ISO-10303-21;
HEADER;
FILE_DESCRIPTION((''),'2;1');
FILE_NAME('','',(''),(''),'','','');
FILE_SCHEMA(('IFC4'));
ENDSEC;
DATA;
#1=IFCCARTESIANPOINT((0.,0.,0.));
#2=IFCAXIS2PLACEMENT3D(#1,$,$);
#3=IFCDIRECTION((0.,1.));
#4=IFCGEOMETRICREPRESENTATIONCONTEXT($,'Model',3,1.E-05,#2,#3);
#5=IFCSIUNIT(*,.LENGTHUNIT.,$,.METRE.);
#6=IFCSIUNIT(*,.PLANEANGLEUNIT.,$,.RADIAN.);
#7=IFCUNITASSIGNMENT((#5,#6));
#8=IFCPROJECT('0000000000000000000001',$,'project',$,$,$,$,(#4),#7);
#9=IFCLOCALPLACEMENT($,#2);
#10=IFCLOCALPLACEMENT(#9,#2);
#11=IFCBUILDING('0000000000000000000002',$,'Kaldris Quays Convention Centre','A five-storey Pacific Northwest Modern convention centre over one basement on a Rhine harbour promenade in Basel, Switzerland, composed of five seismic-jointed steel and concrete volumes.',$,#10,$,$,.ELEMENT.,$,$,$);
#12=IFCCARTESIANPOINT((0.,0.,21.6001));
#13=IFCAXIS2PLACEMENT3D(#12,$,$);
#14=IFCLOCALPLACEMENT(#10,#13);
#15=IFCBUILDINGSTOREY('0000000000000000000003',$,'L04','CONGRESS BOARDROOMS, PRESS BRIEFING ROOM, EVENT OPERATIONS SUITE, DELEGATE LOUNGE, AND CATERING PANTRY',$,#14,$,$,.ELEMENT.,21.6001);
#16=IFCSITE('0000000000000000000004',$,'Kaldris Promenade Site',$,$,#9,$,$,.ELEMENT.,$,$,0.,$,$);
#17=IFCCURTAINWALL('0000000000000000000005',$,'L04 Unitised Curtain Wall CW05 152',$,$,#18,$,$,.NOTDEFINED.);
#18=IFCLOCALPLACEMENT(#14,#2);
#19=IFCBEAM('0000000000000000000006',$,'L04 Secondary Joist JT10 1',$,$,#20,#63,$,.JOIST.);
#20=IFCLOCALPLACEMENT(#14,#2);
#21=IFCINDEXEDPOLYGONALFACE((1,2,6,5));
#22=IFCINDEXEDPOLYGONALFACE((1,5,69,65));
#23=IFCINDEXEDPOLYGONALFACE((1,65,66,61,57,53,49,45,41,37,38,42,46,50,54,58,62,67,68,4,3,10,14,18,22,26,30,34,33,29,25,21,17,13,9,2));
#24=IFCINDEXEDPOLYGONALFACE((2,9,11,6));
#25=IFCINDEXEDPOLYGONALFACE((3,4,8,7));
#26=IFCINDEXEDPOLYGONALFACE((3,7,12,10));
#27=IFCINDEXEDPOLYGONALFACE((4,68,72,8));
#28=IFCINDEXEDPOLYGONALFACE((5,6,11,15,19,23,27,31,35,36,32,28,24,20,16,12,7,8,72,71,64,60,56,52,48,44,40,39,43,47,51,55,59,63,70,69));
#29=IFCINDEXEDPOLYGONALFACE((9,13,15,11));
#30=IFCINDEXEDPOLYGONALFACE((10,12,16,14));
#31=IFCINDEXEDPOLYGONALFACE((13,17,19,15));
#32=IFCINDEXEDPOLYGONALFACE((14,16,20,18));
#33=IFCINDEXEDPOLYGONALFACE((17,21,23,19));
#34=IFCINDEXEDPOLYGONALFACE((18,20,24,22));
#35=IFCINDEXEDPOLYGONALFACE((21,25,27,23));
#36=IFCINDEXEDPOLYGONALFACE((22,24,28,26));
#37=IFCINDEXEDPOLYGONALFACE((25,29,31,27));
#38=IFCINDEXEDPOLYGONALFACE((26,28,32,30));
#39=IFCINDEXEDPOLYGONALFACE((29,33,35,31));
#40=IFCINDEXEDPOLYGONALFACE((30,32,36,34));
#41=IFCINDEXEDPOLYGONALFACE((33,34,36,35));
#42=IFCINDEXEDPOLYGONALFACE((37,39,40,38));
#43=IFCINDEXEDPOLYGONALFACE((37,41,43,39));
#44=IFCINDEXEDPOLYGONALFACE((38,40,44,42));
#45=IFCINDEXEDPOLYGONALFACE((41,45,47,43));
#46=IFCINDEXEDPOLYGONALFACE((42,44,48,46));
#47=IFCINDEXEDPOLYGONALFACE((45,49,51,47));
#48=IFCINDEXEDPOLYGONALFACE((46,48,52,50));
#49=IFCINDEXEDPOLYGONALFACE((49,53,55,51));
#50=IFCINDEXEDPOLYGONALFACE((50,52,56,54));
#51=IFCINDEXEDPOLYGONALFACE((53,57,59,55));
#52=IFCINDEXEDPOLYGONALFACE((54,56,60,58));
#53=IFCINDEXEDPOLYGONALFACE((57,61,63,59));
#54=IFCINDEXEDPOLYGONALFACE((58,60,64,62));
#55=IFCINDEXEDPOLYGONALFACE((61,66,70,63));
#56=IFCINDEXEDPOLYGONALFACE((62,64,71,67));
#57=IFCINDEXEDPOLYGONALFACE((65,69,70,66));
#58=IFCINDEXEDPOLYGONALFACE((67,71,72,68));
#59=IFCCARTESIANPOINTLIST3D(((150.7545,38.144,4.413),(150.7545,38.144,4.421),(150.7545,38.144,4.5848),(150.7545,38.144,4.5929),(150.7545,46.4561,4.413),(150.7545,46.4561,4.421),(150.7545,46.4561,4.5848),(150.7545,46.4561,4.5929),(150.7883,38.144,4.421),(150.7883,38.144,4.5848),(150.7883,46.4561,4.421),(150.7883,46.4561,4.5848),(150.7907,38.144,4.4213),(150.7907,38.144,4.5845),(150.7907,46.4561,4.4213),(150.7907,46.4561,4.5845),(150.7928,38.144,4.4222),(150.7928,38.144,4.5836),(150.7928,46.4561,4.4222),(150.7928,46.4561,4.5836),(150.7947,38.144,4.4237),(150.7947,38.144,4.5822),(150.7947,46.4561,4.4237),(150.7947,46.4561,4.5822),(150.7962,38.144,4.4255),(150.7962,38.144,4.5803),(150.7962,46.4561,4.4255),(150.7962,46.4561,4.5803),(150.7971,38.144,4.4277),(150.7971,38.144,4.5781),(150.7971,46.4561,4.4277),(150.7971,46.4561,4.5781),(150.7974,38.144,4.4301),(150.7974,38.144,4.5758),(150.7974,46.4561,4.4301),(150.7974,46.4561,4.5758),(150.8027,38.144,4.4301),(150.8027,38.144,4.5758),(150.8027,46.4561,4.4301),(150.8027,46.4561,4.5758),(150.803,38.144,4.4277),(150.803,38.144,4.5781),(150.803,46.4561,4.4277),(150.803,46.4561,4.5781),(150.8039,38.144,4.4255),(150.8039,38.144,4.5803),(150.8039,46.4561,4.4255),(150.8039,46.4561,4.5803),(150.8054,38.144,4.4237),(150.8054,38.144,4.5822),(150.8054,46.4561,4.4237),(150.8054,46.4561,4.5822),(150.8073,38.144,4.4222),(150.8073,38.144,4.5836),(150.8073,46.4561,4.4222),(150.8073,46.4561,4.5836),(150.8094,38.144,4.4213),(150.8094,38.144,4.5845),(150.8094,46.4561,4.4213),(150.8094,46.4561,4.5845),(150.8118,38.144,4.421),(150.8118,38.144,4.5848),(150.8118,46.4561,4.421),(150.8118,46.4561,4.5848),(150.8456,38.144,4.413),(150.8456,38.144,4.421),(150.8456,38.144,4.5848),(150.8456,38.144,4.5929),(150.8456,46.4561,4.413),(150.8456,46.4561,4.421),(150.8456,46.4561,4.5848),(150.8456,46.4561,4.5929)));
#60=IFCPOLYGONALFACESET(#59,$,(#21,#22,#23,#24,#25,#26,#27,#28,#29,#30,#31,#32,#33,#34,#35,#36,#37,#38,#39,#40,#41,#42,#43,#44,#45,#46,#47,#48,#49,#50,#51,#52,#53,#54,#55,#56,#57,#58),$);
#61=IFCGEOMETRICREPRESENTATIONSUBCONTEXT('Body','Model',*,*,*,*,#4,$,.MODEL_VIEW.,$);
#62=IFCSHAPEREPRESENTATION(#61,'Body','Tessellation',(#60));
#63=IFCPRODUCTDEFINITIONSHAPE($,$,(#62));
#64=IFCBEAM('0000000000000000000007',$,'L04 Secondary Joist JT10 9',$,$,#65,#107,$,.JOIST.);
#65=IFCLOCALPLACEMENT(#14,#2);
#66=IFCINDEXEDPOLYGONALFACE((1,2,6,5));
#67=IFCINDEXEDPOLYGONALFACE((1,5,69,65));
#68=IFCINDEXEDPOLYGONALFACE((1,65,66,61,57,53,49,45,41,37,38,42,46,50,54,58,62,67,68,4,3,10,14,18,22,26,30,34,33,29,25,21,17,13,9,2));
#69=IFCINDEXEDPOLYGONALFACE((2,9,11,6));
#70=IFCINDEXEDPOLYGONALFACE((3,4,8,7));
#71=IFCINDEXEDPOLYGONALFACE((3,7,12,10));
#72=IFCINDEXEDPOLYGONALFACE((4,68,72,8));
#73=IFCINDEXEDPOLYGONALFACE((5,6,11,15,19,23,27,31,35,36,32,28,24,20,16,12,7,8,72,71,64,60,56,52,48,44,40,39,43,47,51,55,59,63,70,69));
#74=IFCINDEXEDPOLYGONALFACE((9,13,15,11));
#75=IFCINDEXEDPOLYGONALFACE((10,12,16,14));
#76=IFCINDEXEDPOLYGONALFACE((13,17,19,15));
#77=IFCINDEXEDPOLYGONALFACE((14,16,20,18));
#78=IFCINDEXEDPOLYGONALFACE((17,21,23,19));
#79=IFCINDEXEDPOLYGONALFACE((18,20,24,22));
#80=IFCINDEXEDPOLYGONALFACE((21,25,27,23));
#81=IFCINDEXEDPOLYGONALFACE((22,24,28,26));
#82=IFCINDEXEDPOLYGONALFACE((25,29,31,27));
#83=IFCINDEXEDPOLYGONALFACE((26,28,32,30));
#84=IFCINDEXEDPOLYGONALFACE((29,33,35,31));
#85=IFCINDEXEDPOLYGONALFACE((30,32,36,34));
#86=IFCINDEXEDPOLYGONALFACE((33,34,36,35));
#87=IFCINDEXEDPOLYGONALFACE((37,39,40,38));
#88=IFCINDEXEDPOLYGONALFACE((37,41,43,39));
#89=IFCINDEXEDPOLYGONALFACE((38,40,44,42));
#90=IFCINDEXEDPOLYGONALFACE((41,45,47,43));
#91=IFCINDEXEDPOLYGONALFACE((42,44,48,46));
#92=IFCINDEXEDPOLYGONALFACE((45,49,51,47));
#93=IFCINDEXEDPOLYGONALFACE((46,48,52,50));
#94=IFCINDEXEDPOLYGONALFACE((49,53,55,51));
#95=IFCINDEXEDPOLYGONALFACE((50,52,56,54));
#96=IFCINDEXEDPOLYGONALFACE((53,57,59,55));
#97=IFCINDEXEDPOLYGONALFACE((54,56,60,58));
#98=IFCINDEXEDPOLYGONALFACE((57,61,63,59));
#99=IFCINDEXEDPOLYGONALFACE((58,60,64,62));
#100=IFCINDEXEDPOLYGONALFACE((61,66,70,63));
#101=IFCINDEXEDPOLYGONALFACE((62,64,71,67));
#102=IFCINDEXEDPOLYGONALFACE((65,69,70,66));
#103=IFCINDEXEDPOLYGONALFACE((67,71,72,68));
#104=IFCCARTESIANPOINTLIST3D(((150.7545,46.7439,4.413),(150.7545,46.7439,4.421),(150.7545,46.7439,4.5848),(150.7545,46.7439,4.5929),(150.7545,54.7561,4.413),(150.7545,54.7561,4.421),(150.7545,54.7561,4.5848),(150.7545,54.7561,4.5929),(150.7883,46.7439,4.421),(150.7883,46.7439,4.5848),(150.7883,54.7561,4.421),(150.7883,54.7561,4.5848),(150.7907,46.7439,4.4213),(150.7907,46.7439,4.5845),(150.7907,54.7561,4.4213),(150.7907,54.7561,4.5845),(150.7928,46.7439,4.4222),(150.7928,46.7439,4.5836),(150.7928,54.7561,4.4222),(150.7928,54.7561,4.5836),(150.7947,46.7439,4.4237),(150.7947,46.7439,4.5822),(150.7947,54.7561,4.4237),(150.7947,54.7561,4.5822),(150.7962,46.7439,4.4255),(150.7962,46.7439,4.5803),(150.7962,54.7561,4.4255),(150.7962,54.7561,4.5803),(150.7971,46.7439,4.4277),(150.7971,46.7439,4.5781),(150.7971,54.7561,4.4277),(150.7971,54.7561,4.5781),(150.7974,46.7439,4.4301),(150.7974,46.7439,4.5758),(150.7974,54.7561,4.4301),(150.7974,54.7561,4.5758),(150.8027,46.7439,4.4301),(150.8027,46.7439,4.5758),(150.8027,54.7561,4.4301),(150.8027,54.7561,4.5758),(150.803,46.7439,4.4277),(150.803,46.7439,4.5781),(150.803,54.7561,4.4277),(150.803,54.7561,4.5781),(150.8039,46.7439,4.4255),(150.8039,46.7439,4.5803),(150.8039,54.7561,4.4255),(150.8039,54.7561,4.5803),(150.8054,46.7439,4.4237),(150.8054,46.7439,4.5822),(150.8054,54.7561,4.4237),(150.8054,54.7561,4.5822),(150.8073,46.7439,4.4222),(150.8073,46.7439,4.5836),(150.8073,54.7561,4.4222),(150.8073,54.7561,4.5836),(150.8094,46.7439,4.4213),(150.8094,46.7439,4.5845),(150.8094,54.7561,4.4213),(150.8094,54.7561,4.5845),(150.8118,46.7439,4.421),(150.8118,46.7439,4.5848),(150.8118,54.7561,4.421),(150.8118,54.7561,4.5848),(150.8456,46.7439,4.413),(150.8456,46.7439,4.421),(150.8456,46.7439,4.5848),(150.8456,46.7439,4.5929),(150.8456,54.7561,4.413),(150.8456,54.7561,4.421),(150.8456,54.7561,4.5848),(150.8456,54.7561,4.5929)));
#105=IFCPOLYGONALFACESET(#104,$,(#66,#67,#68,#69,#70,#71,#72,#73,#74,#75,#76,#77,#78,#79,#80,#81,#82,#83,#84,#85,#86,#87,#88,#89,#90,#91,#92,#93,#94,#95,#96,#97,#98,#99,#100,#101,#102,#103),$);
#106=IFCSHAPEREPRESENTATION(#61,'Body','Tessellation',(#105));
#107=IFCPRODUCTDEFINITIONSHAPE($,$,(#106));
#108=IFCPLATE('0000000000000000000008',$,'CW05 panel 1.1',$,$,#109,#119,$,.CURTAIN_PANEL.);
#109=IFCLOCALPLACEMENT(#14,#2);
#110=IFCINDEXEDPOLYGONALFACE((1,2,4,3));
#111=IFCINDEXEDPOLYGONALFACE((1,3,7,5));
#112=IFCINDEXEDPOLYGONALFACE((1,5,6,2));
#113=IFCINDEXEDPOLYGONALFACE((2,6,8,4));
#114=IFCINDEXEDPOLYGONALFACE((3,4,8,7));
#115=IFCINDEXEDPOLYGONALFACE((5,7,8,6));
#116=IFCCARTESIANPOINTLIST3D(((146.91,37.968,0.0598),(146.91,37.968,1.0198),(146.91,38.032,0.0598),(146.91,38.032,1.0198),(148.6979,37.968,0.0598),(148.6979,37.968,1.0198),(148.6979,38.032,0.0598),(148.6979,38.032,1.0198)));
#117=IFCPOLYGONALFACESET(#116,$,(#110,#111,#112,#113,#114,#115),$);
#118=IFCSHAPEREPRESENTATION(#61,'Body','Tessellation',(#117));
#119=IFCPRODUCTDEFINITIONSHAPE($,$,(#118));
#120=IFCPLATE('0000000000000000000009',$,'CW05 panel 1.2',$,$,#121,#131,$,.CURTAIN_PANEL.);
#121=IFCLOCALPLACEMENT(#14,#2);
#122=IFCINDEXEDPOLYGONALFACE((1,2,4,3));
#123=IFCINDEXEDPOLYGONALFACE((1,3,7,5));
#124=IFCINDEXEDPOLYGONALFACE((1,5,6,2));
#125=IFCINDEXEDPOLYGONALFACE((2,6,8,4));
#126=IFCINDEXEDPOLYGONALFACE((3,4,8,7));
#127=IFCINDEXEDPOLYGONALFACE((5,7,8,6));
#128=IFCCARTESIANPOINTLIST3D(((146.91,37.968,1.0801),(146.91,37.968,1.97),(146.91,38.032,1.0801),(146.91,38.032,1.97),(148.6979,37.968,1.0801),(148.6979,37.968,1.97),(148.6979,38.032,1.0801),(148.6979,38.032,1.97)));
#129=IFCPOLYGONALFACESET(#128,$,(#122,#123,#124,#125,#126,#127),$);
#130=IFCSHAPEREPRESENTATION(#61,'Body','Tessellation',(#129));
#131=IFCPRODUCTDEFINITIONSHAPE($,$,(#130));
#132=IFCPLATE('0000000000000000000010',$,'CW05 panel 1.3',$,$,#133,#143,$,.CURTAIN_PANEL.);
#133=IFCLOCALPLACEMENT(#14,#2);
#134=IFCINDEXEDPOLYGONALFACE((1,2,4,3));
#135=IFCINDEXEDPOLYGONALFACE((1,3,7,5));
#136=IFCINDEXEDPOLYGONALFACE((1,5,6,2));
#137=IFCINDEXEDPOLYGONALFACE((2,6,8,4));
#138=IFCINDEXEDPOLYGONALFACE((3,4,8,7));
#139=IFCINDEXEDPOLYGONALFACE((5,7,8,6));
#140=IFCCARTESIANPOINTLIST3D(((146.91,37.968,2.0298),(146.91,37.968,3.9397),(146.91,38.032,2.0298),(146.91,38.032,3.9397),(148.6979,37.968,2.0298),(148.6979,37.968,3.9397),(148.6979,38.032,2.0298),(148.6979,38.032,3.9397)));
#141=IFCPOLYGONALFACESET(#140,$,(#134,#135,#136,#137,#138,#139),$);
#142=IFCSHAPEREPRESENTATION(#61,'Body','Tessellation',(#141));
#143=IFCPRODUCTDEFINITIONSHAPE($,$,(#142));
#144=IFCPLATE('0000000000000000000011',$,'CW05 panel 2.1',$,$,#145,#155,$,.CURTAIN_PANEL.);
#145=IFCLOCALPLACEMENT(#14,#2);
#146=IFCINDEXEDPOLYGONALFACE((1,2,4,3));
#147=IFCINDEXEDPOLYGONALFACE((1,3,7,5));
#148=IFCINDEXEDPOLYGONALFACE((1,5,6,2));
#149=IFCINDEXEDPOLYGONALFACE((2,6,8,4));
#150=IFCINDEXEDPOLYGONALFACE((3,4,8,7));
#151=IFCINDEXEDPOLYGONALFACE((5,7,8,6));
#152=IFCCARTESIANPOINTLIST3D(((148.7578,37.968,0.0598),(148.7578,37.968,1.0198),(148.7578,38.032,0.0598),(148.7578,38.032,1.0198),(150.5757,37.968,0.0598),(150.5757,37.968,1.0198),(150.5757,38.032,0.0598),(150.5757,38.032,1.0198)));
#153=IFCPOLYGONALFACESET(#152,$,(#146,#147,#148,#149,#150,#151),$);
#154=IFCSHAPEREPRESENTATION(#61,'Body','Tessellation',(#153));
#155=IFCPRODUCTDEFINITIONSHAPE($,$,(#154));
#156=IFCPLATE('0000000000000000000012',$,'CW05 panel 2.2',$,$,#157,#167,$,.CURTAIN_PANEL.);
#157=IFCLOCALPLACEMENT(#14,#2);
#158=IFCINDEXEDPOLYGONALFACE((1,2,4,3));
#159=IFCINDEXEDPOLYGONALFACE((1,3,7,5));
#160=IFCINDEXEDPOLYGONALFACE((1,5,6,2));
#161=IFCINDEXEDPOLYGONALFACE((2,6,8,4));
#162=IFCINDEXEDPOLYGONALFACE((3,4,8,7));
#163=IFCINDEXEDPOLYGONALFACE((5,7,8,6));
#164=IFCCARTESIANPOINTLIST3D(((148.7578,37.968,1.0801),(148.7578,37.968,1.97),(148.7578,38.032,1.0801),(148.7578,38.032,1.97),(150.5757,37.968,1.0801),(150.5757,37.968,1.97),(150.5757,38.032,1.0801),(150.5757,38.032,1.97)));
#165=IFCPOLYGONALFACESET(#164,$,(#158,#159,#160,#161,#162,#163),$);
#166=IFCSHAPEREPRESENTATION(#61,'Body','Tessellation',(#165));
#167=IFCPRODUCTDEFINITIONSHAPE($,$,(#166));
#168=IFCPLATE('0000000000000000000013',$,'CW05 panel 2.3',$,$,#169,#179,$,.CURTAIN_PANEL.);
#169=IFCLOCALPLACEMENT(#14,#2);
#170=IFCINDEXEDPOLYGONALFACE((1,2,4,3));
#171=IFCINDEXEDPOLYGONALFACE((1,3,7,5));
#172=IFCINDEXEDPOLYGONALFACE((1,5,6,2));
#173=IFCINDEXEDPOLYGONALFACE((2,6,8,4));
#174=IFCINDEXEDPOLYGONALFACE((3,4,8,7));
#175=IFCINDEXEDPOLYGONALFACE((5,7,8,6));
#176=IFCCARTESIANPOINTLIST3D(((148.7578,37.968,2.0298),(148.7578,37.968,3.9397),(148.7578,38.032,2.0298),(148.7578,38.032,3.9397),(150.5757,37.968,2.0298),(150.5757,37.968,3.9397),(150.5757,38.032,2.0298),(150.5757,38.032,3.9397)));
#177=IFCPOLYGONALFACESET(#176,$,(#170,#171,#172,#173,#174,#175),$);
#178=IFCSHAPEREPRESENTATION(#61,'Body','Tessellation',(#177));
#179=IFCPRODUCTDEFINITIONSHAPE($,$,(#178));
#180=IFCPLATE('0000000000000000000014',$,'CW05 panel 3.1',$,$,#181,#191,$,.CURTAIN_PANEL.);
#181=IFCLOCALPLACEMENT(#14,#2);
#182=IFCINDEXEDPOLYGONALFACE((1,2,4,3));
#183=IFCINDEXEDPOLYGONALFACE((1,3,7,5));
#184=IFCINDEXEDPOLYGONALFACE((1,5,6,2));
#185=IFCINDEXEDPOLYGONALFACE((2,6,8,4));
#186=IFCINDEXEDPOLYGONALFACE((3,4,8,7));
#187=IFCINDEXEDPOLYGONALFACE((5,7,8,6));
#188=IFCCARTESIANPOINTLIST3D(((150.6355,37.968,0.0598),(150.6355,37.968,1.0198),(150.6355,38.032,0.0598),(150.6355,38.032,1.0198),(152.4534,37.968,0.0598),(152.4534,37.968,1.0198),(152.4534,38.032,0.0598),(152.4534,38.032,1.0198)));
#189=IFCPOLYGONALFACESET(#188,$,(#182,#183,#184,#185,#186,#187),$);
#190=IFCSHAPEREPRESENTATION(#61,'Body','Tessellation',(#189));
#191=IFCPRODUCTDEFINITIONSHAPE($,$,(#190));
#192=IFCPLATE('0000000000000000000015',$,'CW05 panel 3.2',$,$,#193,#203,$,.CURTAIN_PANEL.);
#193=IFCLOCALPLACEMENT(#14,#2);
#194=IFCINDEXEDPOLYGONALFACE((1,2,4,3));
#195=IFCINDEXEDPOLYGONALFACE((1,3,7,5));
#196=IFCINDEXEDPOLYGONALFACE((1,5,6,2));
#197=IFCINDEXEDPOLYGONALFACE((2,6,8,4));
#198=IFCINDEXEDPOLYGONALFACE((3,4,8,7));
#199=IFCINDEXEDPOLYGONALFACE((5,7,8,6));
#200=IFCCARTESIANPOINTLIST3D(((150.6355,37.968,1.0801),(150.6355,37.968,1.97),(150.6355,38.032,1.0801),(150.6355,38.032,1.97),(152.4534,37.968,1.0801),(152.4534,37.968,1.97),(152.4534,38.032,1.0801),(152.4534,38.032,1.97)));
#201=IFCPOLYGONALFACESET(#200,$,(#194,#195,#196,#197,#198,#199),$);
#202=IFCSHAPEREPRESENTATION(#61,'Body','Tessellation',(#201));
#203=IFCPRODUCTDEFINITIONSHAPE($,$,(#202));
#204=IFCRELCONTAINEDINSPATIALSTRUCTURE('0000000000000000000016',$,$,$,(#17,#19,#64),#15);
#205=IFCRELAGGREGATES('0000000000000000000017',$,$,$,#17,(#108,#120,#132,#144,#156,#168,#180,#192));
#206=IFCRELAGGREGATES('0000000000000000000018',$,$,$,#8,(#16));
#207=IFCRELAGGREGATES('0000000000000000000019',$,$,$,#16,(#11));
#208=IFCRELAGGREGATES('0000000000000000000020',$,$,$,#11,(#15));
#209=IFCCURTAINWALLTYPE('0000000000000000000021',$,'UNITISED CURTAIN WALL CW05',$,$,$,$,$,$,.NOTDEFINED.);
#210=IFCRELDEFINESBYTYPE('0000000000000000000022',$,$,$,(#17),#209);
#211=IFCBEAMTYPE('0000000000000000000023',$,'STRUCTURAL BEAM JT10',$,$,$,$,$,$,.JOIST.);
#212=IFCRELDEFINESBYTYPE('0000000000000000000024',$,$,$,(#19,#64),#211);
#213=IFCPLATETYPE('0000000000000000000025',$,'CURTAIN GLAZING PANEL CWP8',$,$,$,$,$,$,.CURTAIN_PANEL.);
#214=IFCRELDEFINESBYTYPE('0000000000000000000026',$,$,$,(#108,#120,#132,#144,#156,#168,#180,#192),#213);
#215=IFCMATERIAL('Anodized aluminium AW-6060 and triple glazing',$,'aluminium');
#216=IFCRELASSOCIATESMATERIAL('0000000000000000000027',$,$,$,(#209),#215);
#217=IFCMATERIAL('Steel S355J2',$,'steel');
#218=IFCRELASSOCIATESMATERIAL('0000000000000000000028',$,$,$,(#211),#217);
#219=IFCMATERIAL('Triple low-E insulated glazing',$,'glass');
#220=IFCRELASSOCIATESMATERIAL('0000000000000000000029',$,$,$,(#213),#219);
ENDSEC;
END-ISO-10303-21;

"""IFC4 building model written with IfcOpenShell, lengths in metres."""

from ifc_helpers import new_model, si_unit, direction, frame, origin, origin_2d, place, context, subcontext, project, spatial, rectangle, i_section, extrude, material, material_profile, profile_set, type_object, element, aggregate, save


model = new_model("IFC4")

# Units and contexts
model_context = context("Model", 3, precision=1e-05, world=origin(), true_north=direction((0.0, 1.0)))
body_context = subcontext(model_context, "Body", "Model", "MODEL_VIEW")
ifc_project = project(units=[si_unit("LENGTHUNIT", "METRE"), si_unit("PLANEANGLEUNIT", "RADIAN")], contexts=[model_context])

# Site, building, storey
site_placement = place(None, origin())
site = spatial("IfcSite", under=ifc_project, at=site_placement, Name="Kaldris Promenade Site", CompositionType="ELEMENT", RefElevation=0.0)
building_placement = place(site_placement, origin())
building = spatial("IfcBuilding", under=site, at=building_placement, Name="Kaldris Quays Convention Centre", Description="A five-storey Pacific Northwest Modern convention centre over one basement on a Rhine harbour promenade in Basel, Switzerland, composed of five seismic-jointed steel and concrete volumes.", CompositionType="ELEMENT")
storey_placement = place(building_placement, frame((0.0, 0.0, 21.6001)))
storey = spatial("IfcBuildingStorey", under=building, at=storey_placement, Name="L04", Description="CONGRESS BOARDROOMS, PRESS BRIEFING ROOM, EVENT OPERATIONS SUITE, DELEGATE LOUNGE, AND CATERING PANTRY", CompositionType="ELEMENT", Elevation=21.6001)

# Curtain wall
ifc_material_1 = material(Name="Anodized aluminium AW-6060 and triple glazing", Category="aluminium")
curtain_wall_type = type_object("IfcCurtainWallType", Name="UNITISED CURTAIN WALL CW05", PredefinedType="NOTDEFINED", material=ifc_material_1)
curtain_wall_placement = place(storey_placement, origin())
curtain_wall = element("IfcCurtainWall", 1, at=curtain_wall_placement, inside=storey, type_object=curtain_wall_type, Name="L04 Unitised Curtain Wall CW05 152", PredefinedType="NOTDEFINED")

# Beams
ifc_material_2 = material(Name="Steel S355J2", Category="steel")
ifc_material_profile_1 = material_profile(ifc_material_2, i_section(OverallWidth=0.0911, OverallDepth=0.1799, WebThickness=0.0054, FlangeThickness=0.0081, FilletRadius=0.009, at=origin_2d()), Name="IPE 180")
ifc_profile_set_1 = profile_set([ifc_material_profile_1], Name="Steel S355J2")
beam_type = type_object("IfcBeamType", Name="STRUCTURAL BEAM JT10", PredefinedType="JOIST", material=ifc_profile_set_1)
beam_1_placement = place(storey_placement, frame((150.8, 38.144, 4.5029), z_axis=(0.0, 1.0, 0.0), x_axis=(-1.0, 0.0, 0.0)))
element("IfcBeam", 2, at=beam_1_placement, inside=storey, type_object=beam_type, Name="L04 Secondary Joist JT10 1", PredefinedType="JOIST", context=body_context, shape_type="SweptSolid", body=[
    extrude(i_section(OverallWidth=0.0911, OverallDepth=0.1799, WebThickness=0.0054, FlangeThickness=0.0081, FilletRadius=0.009, at=origin_2d()), origin(), (0.0, 0.0, 1.0), 8.312),
])
beam_2_placement = place(storey_placement, frame((150.8, 46.7439, 4.5029), z_axis=(0.0, 1.0, 0.0), x_axis=(-1.0, 0.0, 0.0)))
element("IfcBeam", 3, at=beam_2_placement, inside=storey, type_object=beam_type, Name="L04 Secondary Joist JT10 9", PredefinedType="JOIST", context=body_context, shape_type="SweptSolid", body=[
    extrude(i_section(OverallWidth=0.0911, OverallDepth=0.1799, WebThickness=0.0054, FlangeThickness=0.0081, FilletRadius=0.009, at=origin_2d()), origin(), (0.0, 0.0, 1.0), 8.0122),
])

# Plates
ifc_material_3 = material(Name="Triple low-E insulated glazing", Category="glass")
plate_type = type_object("IfcPlateType", Name="CURTAIN GLAZING PANEL CWP8", PredefinedType="CURTAIN_PANEL", material=ifc_material_3)
plate_1_placement = place(storey_placement, frame((147.804, 38.0, 0.0598), z_axis=(0.0, 0.0, 1.0), x_axis=(1.0, 0.0, 0.0)))
plate_1 = element("IfcPlate", 4, at=plate_1_placement, type_object=plate_type, Name="CW05 panel 1.1", PredefinedType="CURTAIN_PANEL", context=body_context, shape_type="SweptSolid", body=[
    extrude(rectangle(XDim=1.7878, YDim=0.064, at=origin_2d()), origin(), (0.0, 0.0, 1.0), 0.96),
])
plate_2_placement = place(storey_placement, frame((147.804, 38.0, 1.0801), z_axis=(0.0, 0.0, 1.0), x_axis=(1.0, 0.0, 0.0)))
plate_2 = element("IfcPlate", 5, at=plate_2_placement, type_object=plate_type, Name="CW05 panel 1.2", PredefinedType="CURTAIN_PANEL", context=body_context, shape_type="SweptSolid", body=[
    extrude(rectangle(XDim=1.7878, YDim=0.064, at=origin_2d()), origin(), (0.0, 0.0, 1.0), 0.8899),
])
plate_3_placement = place(storey_placement, frame((147.804, 38.0, 2.0298), z_axis=(0.0, 0.0, 1.0), x_axis=(1.0, 0.0, 0.0)))
plate_3 = element("IfcPlate", 6, at=plate_3_placement, type_object=plate_type, Name="CW05 panel 1.3", PredefinedType="CURTAIN_PANEL", context=body_context, shape_type="SweptSolid", body=[
    extrude(rectangle(XDim=1.7878, YDim=0.064, at=origin_2d()), origin(), (0.0, 0.0, 1.0), 1.9099),
])
plate_4_placement = place(storey_placement, frame((149.6667, 38.0, 0.0598), z_axis=(0.0, 0.0, 1.0), x_axis=(1.0, 0.0, 0.0)))
plate_4 = element("IfcPlate", 7, at=plate_4_placement, type_object=plate_type, Name="CW05 panel 2.1", PredefinedType="CURTAIN_PANEL", context=body_context, shape_type="SweptSolid", body=[
    extrude(rectangle(XDim=1.8179, YDim=0.064, at=origin_2d()), origin(), (0.0, 0.0, 1.0), 0.96),
])
plate_5_placement = place(storey_placement, frame((149.6667, 38.0, 1.0801), z_axis=(0.0, 0.0, 1.0), x_axis=(1.0, 0.0, 0.0)))
plate_5 = element("IfcPlate", 8, at=plate_5_placement, type_object=plate_type, Name="CW05 panel 2.2", PredefinedType="CURTAIN_PANEL", context=body_context, shape_type="SweptSolid", body=[
    extrude(rectangle(XDim=1.8179, YDim=0.064, at=origin_2d()), origin(), (0.0, 0.0, 1.0), 0.8899),
])
plate_6_placement = place(storey_placement, frame((149.6667, 38.0, 2.0298), z_axis=(0.0, 0.0, 1.0), x_axis=(1.0, 0.0, 0.0)))
plate_6 = element("IfcPlate", 9, at=plate_6_placement, type_object=plate_type, Name="CW05 panel 2.3", PredefinedType="CURTAIN_PANEL", context=body_context, shape_type="SweptSolid", body=[
    extrude(rectangle(XDim=1.8179, YDim=0.064, at=origin_2d()), origin(), (0.0, 0.0, 1.0), 1.9099),
])
plate_7_placement = place(storey_placement, frame((151.5444, 38.0, 0.0598), z_axis=(0.0, 0.0, 1.0), x_axis=(1.0, 0.0, 0.0)))
plate_7 = element("IfcPlate", 10, at=plate_7_placement, type_object=plate_type, Name="CW05 panel 3.1", PredefinedType="CURTAIN_PANEL", context=body_context, shape_type="SweptSolid", body=[
    extrude(rectangle(XDim=1.8179, YDim=0.064, at=origin_2d()), origin(), (0.0, 0.0, 1.0), 0.96),
])
plate_8_placement = place(storey_placement, frame((151.5444, 38.0, 1.0801), z_axis=(0.0, 0.0, 1.0), x_axis=(1.0, 0.0, 0.0)))
plate_8 = element("IfcPlate", 11, at=plate_8_placement, type_object=plate_type, Name="CW05 panel 3.2", PredefinedType="CURTAIN_PANEL", context=body_context, shape_type="SweptSolid", body=[
    extrude(rectangle(XDim=1.8179, YDim=0.064, at=origin_2d()), origin(), (0.0, 0.0, 1.0), 0.8899),
])
aggregate(curtain_wall, [plate_1, plate_2, plate_3, plate_4, plate_5, plate_6, plate_7, plate_8])

save(model, "model.ifc")
